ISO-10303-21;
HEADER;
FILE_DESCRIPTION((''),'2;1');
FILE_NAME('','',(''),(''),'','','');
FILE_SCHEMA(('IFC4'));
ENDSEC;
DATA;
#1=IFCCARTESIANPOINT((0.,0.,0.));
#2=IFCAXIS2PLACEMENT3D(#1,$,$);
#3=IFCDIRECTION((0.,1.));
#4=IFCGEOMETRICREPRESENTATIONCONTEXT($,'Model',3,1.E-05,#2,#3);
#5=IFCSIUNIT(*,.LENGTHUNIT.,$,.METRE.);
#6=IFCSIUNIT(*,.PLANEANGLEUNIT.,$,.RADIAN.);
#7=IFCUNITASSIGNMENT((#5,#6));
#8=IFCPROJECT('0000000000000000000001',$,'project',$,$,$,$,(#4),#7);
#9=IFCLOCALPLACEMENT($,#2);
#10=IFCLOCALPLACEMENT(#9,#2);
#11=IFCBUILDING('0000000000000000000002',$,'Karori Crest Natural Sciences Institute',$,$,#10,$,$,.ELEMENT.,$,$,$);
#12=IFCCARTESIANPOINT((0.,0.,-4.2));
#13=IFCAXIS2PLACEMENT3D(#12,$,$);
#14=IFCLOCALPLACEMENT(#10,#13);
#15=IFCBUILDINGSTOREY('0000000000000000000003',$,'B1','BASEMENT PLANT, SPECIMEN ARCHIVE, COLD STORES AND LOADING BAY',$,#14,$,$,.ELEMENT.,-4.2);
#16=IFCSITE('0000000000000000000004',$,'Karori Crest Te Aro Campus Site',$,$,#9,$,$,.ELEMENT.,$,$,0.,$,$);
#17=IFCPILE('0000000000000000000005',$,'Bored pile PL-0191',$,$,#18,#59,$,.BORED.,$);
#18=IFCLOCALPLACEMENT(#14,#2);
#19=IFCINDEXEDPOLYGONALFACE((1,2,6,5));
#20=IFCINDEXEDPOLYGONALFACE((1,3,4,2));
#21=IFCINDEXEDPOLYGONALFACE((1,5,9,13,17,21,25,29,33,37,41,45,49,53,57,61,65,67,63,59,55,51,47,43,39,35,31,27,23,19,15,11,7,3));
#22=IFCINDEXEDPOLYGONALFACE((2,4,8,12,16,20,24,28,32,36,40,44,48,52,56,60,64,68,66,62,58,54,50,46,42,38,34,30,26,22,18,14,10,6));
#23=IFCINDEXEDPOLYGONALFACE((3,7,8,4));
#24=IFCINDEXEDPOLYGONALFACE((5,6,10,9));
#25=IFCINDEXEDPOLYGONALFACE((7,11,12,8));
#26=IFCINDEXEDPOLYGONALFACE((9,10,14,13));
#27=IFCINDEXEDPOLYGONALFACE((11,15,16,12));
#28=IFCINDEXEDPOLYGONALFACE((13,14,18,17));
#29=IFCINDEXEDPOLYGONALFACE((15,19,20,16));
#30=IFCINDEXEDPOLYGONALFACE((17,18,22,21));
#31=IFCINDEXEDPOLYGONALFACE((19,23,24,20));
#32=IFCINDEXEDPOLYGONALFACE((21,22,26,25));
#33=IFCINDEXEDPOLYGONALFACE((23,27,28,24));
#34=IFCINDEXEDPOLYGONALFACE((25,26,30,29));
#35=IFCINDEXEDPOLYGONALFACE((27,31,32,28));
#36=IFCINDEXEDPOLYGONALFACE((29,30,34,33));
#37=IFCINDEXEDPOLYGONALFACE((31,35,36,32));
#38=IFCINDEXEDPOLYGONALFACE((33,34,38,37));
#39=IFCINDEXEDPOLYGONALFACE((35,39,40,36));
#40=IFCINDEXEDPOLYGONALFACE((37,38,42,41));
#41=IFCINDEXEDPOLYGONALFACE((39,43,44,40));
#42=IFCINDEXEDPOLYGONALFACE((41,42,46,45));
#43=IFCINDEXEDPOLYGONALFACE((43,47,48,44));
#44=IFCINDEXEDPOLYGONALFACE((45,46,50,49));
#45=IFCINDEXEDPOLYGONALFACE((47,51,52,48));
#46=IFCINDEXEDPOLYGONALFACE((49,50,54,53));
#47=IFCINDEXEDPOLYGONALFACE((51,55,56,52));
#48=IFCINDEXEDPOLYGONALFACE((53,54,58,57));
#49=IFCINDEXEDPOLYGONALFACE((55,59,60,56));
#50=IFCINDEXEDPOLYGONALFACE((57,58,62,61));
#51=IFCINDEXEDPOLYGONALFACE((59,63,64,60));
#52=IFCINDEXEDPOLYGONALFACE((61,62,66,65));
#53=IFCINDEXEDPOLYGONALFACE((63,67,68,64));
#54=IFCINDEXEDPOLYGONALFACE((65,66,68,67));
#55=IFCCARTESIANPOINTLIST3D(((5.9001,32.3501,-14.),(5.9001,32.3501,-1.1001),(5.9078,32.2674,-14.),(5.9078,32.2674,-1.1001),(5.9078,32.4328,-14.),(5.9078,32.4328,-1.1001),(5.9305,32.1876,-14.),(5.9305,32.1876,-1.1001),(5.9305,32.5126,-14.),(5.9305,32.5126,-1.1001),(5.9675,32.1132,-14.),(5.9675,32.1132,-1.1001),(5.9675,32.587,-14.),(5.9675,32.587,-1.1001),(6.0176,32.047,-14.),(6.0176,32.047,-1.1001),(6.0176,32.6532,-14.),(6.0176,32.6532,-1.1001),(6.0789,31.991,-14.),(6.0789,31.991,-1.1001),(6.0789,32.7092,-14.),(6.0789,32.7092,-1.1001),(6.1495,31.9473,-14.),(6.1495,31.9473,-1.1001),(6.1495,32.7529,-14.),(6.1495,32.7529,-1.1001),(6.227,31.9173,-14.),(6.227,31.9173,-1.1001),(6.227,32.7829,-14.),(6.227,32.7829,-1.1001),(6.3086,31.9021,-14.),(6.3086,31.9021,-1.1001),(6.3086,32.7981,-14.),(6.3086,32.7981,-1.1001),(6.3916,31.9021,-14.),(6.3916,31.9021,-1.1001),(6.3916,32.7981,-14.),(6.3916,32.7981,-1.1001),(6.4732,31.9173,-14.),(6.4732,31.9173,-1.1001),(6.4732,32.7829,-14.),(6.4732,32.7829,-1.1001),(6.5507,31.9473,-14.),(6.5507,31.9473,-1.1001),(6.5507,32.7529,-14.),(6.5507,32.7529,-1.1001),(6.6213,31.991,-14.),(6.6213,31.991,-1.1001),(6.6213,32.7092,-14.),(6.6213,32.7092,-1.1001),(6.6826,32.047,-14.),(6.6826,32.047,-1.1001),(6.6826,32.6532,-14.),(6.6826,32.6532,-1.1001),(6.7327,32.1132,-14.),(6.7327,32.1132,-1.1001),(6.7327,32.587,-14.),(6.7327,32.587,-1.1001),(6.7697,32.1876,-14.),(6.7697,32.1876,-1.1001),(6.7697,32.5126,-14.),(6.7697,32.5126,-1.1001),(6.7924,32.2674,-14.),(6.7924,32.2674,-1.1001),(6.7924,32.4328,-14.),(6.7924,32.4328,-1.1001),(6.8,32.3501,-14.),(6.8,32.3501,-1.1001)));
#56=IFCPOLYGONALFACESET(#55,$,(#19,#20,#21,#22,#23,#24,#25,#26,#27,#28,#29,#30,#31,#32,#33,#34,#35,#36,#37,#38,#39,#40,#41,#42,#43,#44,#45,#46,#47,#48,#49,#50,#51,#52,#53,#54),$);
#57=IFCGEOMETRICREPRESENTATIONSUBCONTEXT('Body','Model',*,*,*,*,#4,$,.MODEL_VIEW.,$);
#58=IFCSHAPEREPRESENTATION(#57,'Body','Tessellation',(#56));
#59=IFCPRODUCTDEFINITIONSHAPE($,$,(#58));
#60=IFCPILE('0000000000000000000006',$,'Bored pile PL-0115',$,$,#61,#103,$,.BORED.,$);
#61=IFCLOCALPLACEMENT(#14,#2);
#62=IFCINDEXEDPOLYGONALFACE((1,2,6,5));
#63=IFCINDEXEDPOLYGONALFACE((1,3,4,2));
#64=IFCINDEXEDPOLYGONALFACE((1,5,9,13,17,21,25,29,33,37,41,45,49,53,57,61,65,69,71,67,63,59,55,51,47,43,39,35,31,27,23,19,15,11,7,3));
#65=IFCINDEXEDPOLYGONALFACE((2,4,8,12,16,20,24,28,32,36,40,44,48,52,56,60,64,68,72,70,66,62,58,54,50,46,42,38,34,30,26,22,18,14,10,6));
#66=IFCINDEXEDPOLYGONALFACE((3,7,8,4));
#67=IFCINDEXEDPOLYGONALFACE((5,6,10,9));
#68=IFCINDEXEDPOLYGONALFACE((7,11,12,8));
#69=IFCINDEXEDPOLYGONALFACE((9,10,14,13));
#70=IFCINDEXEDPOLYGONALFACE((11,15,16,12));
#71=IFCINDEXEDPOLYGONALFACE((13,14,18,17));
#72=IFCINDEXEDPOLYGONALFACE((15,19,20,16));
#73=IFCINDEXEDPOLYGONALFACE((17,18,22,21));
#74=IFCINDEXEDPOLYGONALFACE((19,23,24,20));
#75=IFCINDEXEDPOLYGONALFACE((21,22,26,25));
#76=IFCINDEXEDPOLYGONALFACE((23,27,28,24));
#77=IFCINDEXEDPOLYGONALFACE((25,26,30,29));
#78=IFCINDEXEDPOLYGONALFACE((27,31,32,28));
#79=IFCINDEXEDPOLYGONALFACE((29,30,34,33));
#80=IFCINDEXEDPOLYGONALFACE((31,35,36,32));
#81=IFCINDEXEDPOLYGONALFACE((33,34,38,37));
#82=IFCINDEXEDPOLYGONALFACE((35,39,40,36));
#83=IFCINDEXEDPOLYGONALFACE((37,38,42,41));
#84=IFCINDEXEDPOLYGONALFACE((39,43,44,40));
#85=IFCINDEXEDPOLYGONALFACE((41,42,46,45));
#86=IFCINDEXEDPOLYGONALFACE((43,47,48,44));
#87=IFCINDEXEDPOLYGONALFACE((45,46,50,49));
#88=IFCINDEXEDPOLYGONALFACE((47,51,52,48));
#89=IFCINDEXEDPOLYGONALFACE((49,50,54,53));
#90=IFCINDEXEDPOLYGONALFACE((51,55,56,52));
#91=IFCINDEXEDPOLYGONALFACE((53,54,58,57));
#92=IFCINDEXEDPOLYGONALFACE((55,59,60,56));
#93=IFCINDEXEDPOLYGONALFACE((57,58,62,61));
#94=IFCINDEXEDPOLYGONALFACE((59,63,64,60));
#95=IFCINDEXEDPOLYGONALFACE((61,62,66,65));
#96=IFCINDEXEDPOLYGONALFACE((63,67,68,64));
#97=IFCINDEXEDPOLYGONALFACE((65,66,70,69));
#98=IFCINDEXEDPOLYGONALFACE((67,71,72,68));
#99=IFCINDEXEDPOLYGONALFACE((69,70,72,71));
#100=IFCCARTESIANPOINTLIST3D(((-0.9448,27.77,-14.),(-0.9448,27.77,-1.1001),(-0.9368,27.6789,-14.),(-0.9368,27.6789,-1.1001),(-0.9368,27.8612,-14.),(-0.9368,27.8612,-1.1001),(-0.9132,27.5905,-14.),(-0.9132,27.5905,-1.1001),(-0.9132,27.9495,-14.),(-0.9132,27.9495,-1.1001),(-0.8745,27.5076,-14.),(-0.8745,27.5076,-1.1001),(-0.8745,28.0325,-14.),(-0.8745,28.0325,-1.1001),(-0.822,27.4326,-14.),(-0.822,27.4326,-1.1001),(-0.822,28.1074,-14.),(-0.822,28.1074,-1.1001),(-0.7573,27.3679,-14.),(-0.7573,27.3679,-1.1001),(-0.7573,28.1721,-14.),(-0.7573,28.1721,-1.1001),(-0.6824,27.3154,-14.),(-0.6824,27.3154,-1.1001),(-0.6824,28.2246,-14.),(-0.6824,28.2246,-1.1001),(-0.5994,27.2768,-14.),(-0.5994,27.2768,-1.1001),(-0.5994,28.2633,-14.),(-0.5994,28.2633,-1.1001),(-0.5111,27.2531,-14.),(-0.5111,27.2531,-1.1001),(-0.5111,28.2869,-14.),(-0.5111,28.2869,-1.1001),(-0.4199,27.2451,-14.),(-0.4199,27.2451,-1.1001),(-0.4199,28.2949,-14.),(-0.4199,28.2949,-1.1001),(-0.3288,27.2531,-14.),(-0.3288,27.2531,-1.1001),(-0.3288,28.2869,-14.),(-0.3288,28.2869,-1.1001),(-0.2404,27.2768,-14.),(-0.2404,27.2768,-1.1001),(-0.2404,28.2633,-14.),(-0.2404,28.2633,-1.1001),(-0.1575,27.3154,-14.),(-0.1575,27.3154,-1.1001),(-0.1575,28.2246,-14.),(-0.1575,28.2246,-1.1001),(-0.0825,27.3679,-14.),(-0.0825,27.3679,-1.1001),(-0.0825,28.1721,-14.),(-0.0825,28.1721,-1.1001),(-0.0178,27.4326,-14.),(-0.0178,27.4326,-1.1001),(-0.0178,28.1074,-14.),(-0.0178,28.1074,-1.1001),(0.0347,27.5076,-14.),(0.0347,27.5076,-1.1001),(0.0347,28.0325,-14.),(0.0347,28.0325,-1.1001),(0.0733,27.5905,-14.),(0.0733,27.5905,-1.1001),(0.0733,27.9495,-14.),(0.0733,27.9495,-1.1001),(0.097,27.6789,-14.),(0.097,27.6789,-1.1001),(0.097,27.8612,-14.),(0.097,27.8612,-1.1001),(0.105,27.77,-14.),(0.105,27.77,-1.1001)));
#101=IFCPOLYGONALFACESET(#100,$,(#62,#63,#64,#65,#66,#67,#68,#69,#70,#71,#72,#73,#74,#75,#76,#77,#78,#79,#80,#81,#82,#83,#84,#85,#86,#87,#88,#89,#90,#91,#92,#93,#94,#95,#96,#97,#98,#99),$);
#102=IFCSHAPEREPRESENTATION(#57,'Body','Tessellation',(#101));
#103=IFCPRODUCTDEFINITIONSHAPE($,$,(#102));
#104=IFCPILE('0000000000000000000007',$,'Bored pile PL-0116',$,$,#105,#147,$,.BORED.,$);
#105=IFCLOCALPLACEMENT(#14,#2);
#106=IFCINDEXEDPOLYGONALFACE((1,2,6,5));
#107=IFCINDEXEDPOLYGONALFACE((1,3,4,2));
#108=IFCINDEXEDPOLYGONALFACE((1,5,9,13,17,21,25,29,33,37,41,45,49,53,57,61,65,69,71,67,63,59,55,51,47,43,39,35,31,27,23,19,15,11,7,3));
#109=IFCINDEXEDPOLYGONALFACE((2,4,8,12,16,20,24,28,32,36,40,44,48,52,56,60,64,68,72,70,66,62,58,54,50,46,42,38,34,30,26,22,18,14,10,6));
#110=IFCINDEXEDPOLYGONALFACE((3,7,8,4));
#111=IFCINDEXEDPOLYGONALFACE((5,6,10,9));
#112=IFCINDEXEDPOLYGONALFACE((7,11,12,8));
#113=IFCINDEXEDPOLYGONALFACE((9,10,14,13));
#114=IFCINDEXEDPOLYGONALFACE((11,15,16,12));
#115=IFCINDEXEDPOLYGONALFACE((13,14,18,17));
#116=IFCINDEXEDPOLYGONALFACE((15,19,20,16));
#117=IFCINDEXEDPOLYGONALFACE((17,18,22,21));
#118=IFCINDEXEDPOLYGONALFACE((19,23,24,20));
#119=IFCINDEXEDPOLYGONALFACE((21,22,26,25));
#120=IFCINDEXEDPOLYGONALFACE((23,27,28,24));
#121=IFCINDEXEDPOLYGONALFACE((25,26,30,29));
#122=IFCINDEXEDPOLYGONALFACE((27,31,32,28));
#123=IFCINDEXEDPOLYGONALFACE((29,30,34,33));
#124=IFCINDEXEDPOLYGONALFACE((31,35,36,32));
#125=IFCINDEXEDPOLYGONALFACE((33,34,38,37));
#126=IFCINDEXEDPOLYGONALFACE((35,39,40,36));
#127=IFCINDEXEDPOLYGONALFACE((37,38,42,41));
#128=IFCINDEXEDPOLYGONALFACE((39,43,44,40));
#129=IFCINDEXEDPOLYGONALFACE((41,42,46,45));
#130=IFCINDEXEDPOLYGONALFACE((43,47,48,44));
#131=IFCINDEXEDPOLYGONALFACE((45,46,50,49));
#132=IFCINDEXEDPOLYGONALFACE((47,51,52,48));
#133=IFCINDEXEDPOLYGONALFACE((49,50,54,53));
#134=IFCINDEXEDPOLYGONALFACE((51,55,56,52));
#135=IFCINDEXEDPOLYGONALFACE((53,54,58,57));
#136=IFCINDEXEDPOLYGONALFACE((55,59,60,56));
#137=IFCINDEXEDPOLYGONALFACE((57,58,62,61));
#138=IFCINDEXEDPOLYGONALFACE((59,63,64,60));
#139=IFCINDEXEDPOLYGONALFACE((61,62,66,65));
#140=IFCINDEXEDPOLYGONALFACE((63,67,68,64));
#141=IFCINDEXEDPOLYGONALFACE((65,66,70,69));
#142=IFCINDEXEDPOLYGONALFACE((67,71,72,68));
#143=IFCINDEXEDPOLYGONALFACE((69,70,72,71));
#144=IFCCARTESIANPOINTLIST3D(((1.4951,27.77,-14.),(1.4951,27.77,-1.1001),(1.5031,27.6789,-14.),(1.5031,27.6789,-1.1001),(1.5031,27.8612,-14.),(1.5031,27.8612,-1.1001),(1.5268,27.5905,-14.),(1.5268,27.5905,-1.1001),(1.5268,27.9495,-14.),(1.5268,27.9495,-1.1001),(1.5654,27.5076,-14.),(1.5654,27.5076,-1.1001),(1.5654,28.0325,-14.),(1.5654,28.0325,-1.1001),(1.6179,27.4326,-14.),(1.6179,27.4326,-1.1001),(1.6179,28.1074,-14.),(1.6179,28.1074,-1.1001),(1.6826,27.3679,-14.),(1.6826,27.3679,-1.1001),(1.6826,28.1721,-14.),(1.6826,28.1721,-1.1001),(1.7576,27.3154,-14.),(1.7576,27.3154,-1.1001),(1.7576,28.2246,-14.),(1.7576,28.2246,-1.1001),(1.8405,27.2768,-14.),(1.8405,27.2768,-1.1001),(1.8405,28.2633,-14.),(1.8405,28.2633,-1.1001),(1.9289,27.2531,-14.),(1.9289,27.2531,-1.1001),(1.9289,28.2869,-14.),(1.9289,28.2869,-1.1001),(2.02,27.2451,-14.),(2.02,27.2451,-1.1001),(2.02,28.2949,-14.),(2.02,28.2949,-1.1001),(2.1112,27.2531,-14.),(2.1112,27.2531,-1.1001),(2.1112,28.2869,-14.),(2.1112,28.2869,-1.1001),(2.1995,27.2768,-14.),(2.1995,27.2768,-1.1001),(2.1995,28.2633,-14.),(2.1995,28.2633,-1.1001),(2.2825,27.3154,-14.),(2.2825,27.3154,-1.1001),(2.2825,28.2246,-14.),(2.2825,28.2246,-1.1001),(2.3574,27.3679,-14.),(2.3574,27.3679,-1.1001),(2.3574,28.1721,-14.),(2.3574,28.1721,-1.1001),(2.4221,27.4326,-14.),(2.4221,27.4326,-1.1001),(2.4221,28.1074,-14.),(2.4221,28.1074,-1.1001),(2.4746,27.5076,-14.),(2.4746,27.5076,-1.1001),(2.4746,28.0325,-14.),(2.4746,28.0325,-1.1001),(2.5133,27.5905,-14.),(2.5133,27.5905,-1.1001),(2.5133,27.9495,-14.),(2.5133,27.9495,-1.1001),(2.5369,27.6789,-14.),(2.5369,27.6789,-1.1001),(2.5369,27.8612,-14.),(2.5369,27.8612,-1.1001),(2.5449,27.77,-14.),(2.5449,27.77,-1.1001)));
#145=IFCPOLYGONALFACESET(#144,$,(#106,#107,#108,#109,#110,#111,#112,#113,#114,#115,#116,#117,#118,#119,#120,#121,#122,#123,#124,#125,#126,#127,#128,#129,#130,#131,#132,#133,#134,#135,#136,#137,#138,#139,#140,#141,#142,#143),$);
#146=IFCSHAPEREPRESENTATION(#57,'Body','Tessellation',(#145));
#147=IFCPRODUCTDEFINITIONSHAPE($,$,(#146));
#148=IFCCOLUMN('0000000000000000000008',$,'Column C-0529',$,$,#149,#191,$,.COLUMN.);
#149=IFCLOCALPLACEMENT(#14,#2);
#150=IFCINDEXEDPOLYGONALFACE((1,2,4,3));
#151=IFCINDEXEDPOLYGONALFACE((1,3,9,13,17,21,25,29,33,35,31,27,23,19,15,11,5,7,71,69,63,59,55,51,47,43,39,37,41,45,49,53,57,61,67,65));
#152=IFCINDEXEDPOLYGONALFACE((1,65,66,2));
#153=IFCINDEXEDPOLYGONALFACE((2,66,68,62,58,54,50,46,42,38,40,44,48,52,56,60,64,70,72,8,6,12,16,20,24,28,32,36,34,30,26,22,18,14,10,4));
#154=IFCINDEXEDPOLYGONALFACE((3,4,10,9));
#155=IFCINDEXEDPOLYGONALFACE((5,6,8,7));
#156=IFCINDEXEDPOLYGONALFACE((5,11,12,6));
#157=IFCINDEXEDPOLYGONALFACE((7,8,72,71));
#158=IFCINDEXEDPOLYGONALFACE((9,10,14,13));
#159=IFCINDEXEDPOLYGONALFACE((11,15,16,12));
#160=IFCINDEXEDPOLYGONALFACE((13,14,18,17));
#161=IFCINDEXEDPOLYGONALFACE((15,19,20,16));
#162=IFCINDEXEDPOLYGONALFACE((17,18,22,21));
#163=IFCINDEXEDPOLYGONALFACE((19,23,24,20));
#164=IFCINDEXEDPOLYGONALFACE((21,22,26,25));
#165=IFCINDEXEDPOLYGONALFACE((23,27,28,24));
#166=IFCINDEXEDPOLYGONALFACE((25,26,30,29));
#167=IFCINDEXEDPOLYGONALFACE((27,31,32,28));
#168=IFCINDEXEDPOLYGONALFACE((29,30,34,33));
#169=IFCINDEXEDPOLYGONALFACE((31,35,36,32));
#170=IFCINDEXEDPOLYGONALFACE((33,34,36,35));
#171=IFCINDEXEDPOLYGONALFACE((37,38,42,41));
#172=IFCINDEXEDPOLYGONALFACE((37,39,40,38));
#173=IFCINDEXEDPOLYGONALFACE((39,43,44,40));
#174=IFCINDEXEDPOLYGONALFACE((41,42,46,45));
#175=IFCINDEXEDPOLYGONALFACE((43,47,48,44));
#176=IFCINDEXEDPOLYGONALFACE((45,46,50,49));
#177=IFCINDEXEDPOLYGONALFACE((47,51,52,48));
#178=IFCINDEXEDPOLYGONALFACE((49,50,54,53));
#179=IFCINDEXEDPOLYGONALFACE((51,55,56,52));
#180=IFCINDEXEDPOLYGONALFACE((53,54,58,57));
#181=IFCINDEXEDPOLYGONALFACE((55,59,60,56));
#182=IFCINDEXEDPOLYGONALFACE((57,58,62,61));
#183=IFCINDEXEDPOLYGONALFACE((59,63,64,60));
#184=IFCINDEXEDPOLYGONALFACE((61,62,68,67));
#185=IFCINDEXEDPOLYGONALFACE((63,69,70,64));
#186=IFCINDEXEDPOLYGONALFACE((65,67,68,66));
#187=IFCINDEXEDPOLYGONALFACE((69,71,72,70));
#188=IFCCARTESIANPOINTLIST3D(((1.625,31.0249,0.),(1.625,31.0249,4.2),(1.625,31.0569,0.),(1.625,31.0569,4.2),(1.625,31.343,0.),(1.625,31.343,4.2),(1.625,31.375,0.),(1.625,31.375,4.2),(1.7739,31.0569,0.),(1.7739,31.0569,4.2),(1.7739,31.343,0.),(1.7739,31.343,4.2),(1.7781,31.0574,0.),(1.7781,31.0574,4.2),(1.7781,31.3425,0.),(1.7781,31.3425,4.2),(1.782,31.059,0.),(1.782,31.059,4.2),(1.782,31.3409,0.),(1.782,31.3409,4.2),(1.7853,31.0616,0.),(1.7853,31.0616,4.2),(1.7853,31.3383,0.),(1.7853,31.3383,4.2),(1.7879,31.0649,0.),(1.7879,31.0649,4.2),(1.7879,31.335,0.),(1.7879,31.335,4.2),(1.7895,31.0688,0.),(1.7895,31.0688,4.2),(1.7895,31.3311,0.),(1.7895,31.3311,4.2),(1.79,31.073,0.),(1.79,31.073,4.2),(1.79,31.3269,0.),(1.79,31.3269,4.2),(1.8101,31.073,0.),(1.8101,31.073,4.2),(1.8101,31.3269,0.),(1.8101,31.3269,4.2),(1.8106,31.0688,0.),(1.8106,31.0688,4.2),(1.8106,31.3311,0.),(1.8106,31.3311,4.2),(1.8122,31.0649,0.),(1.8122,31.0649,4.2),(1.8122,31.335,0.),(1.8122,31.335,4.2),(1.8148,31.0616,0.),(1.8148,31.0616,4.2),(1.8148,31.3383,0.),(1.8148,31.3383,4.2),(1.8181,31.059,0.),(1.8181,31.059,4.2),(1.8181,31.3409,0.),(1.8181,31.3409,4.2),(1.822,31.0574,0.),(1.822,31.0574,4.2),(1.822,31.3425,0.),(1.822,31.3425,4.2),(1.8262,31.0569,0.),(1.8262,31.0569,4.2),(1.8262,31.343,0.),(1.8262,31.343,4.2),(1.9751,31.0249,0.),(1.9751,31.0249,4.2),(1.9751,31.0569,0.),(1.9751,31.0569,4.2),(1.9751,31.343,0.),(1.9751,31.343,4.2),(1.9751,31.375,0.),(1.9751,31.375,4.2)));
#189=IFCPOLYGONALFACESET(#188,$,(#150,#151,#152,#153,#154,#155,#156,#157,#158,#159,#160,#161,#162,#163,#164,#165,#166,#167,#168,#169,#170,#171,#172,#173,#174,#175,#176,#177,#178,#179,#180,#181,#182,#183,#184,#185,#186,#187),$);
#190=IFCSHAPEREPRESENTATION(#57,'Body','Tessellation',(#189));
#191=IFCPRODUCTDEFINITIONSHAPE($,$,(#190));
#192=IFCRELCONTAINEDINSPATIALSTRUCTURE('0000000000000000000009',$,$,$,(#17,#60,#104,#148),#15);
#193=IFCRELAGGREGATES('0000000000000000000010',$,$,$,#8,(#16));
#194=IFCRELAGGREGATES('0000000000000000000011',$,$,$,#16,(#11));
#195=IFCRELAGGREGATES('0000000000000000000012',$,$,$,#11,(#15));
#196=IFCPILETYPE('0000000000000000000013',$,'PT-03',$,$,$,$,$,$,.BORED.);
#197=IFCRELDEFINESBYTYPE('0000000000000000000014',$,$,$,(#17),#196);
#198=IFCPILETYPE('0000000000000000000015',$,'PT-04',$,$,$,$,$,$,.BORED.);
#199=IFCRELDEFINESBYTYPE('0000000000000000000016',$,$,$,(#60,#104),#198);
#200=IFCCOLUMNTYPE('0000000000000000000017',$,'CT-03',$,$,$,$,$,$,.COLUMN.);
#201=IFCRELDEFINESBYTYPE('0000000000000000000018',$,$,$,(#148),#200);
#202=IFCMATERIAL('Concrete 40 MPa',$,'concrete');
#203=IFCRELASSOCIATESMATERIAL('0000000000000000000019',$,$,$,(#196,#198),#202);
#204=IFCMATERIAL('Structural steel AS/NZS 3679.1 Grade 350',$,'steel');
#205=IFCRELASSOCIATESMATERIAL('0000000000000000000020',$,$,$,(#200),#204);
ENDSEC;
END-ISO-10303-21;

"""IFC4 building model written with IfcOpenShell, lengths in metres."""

from ifc_helpers import new_model, si_unit, direction, frame, origin, origin_2d, place, context, subcontext, project, spatial, circle, i_section, extrude, material, material_profile, profile_set, type_object, element, save


model = new_model("IFC4")

# Units and contexts
model_context = context("Model", 3, precision=1e-05, world=origin(), true_north=direction((0.0, 1.0)))
body_context = subcontext(model_context, "Body", "Model", "MODEL_VIEW")
ifc_project = project(units=[si_unit("LENGTHUNIT", "METRE"), si_unit("PLANEANGLEUNIT", "RADIAN")], contexts=[model_context])

# Site, building, storey
site_placement = place(None, origin())
site = spatial("IfcSite", under=ifc_project, at=site_placement, Name="Karori Crest Te Aro Campus Site", CompositionType="ELEMENT", RefElevation=0.0)
building_placement = place(site_placement, origin())
building = spatial("IfcBuilding", under=site, at=building_placement, Name="Karori Crest Natural Sciences Institute", CompositionType="ELEMENT")
storey_placement = place(building_placement, frame((0.0, 0.0, -4.2)))
storey = spatial("IfcBuildingStorey", under=building, at=storey_placement, Name="B1", Description="BASEMENT PLANT, SPECIMEN ARCHIVE, COLD STORES AND LOADING BAY", CompositionType="ELEMENT", Elevation=-4.2)

# Shared definitions
ifc_material_1 = material(Name="Concrete 40 MPa", Category="concrete")

# Piles
ifc_material_profile_1 = material_profile(ifc_material_1, circle(Radius=0.45, at=origin_2d()), Name="PILE900")
ifc_profile_set_1 = profile_set([ifc_material_profile_1], Name="Concrete 40 MPa")
pile_type_1 = type_object("IfcPileType", Name="PT-03", PredefinedType="BORED", material=ifc_profile_set_1)
for number, where, z_axis, x_axis, name in (
    (1, (6.3501, 32.3501, -1.1001), (0.0, 0.0, -1.0), (1.0, 0.0, 0.0), "Bored pile PL-0191"),
):
    element("IfcPile", number, at=place(storey_placement, frame(where, z_axis=z_axis, x_axis=x_axis)), inside=storey, type_object=pile_type_1, Name=name, PredefinedType="BORED", context=body_context, shape_type="SweptSolid", body=[
        extrude(circle(Radius=0.45, at=origin_2d()), origin(), (0.0, 0.0, 1.0), 12.8999),
    ])
ifc_material_profile_2 = material_profile(ifc_material_1, circle(Radius=0.5249, at=origin_2d()), Name="PILE1050")
ifc_profile_set_2 = profile_set([ifc_material_profile_2], Name="Concrete 40 MPa")
pile_type_2 = type_object("IfcPileType", Name="PT-04", PredefinedType="BORED", material=ifc_profile_set_2)
for number, where, z_axis, x_axis, name in (
    (2, (-0.4199, 27.77, -1.1001), (0.0, 0.0, -1.0), (1.0, 0.0, 0.0), "Bored pile PL-0115"),
    (3, (2.02, 27.77, -1.1001), (0.0, 0.0, -1.0), (1.0, 0.0, 0.0), "Bored pile PL-0116"),
):
    element("IfcPile", number, at=place(storey_placement, frame(where, z_axis=z_axis, x_axis=x_axis)), inside=storey, type_object=pile_type_2, Name=name, PredefinedType="BORED", context=body_context, shape_type="SweptSolid", body=[
        extrude(circle(Radius=0.5249, at=origin_2d()), origin(), (0.0, 0.0, 1.0), 12.8999),
    ])

# Column
ifc_material_2 = material(Name="Structural steel AS/NZS 3679.1 Grade 350", Category="steel")
ifc_material_profile_3 = material_profile(ifc_material_2, i_section(OverallWidth=0.3501, OverallDepth=0.3501, WebThickness=0.02, FlangeThickness=0.032, FilletRadius=0.0161, at=origin_2d()), Name="350WC280")
ifc_profile_set_3 = profile_set([ifc_material_profile_3], Name="Structural steel AS/NZS 3679.1 Grade 350")
column_type = type_object("IfcColumnType", Name="CT-03", PredefinedType="COLUMN", material=ifc_profile_set_3)
for number, where, z_axis, x_axis, name in (
    (4, (1.8, 31.2, 0.0), (0.0, 0.0, 1.0), (1.0, 0.0, 0.0), "Column C-0529"),
):
    element("IfcColumn", number, at=place(storey_placement, frame(where, z_axis=z_axis, x_axis=x_axis)), inside=storey, type_object=column_type, Name=name, PredefinedType="COLUMN", context=body_context, shape_type="SweptSolid", body=[
        extrude(i_section(OverallWidth=0.3501, OverallDepth=0.3501, WebThickness=0.02, FlangeThickness=0.032, FilletRadius=0.0161, at=origin_2d()), origin(), (0.0, 0.0, 1.0), 4.2),
    ])

save(model, "model.ifc")
